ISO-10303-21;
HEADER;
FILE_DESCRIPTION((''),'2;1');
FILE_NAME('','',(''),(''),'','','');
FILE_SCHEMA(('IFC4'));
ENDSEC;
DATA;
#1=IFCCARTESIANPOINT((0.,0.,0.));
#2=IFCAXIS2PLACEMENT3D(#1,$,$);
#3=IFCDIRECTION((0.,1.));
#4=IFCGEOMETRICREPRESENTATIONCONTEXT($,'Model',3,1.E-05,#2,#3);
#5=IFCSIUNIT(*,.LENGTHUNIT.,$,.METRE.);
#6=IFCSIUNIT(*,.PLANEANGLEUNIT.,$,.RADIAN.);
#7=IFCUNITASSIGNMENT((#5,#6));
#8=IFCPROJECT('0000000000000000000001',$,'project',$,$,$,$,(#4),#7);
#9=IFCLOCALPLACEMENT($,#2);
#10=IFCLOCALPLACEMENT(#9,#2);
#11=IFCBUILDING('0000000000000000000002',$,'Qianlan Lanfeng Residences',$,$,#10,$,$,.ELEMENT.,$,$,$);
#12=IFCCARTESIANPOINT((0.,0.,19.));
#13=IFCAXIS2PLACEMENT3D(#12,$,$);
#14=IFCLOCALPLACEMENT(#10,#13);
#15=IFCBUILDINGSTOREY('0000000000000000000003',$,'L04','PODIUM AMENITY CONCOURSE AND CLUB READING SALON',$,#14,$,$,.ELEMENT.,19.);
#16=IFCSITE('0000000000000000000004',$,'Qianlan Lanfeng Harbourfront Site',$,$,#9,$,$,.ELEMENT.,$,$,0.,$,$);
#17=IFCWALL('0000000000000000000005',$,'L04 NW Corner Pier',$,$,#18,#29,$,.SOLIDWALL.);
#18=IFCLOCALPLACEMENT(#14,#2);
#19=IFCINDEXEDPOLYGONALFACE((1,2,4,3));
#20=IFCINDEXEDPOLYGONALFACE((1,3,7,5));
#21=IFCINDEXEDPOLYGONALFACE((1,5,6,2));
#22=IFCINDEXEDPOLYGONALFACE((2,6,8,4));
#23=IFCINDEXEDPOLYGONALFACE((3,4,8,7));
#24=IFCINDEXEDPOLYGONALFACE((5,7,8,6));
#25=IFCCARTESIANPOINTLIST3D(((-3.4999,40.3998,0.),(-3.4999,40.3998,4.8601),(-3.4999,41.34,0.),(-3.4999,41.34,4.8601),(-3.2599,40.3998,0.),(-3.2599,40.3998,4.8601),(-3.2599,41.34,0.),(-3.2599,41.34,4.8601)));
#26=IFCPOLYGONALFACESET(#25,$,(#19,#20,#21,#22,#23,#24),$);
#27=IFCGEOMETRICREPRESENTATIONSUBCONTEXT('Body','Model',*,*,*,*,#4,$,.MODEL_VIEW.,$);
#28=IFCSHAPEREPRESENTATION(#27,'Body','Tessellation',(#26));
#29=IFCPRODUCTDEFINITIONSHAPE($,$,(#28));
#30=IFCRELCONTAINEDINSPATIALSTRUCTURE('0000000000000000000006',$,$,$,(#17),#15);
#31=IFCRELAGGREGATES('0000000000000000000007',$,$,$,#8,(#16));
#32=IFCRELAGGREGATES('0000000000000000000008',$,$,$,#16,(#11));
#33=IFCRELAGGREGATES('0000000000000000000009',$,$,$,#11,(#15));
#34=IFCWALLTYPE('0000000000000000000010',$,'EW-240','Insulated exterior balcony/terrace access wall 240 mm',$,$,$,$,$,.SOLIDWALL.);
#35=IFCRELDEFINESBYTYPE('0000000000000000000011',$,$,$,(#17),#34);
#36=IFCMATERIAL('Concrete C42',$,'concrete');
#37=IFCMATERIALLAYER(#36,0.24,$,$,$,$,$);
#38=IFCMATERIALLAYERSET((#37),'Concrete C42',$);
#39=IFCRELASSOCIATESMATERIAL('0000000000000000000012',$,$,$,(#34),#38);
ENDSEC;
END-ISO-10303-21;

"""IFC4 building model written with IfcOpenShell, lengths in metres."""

from ifc_helpers import new_model, si_unit, direction, frame, frame_2d, origin, place, context, subcontext, project, spatial, rectangle, extrude, material, layer, layer_set, type_object, element, save


model = new_model("IFC4")

# Units and contexts
model_context = context("Model", 3, precision=1e-05, world=origin(), true_north=direction((0.0, 1.0)))
body_context = subcontext(model_context, "Body", "Model", "MODEL_VIEW")
ifc_project = project(units=[si_unit("LENGTHUNIT", "METRE"), si_unit("PLANEANGLEUNIT", "RADIAN")], contexts=[model_context])

# Site, building, storey
site_placement = place(None, origin())
site = spatial("IfcSite", under=ifc_project, at=site_placement, Name="Qianlan Lanfeng Harbourfront Site", CompositionType="ELEMENT", RefElevation=0.0)
building_placement = place(site_placement, origin())
building = spatial("IfcBuilding", under=site, at=building_placement, Name="Qianlan Lanfeng Residences", CompositionType="ELEMENT")
storey_placement = place(building_placement, frame((0.0, 0.0, 19.0)))
storey = spatial("IfcBuildingStorey", under=building, at=storey_placement, Name="L04", Description="PODIUM AMENITY CONCOURSE AND CLUB READING SALON", CompositionType="ELEMENT", Elevation=19.0)

# Wall
ifc_material_1 = material(Name="Concrete C42", Category="concrete")
ifc_layer_1 = layer(ifc_material_1, 0.24)
ifc_layer_set_1 = layer_set([ifc_layer_1], Name="Concrete C42")
wall_type_1 = type_object("IfcWallType", Name="EW-240", Description="Insulated exterior balcony/terrace access wall 240 mm", PredefinedType="SOLIDWALL", material=ifc_layer_set_1)
wall_1_placement = place(storey_placement, frame((-3.3799, 41.3401, 0.0), z_axis=(0.0, 0.0, 1.0), x_axis=(0.0, -1.0, 0.0)))
element("IfcWall", 1, at=wall_1_placement, inside=storey, type_object=wall_type_1, Name="L04 NW Corner Pier", PredefinedType="SOLIDWALL", context=body_context, shape_type="SweptSolid", body=[
    extrude(rectangle(XDim=0.9402, YDim=0.24, at=frame_2d((0.4702, 0.0))), origin(), (0.0, 0.0, 1.0), 4.8601),
])

save(model, "model.ifc")
